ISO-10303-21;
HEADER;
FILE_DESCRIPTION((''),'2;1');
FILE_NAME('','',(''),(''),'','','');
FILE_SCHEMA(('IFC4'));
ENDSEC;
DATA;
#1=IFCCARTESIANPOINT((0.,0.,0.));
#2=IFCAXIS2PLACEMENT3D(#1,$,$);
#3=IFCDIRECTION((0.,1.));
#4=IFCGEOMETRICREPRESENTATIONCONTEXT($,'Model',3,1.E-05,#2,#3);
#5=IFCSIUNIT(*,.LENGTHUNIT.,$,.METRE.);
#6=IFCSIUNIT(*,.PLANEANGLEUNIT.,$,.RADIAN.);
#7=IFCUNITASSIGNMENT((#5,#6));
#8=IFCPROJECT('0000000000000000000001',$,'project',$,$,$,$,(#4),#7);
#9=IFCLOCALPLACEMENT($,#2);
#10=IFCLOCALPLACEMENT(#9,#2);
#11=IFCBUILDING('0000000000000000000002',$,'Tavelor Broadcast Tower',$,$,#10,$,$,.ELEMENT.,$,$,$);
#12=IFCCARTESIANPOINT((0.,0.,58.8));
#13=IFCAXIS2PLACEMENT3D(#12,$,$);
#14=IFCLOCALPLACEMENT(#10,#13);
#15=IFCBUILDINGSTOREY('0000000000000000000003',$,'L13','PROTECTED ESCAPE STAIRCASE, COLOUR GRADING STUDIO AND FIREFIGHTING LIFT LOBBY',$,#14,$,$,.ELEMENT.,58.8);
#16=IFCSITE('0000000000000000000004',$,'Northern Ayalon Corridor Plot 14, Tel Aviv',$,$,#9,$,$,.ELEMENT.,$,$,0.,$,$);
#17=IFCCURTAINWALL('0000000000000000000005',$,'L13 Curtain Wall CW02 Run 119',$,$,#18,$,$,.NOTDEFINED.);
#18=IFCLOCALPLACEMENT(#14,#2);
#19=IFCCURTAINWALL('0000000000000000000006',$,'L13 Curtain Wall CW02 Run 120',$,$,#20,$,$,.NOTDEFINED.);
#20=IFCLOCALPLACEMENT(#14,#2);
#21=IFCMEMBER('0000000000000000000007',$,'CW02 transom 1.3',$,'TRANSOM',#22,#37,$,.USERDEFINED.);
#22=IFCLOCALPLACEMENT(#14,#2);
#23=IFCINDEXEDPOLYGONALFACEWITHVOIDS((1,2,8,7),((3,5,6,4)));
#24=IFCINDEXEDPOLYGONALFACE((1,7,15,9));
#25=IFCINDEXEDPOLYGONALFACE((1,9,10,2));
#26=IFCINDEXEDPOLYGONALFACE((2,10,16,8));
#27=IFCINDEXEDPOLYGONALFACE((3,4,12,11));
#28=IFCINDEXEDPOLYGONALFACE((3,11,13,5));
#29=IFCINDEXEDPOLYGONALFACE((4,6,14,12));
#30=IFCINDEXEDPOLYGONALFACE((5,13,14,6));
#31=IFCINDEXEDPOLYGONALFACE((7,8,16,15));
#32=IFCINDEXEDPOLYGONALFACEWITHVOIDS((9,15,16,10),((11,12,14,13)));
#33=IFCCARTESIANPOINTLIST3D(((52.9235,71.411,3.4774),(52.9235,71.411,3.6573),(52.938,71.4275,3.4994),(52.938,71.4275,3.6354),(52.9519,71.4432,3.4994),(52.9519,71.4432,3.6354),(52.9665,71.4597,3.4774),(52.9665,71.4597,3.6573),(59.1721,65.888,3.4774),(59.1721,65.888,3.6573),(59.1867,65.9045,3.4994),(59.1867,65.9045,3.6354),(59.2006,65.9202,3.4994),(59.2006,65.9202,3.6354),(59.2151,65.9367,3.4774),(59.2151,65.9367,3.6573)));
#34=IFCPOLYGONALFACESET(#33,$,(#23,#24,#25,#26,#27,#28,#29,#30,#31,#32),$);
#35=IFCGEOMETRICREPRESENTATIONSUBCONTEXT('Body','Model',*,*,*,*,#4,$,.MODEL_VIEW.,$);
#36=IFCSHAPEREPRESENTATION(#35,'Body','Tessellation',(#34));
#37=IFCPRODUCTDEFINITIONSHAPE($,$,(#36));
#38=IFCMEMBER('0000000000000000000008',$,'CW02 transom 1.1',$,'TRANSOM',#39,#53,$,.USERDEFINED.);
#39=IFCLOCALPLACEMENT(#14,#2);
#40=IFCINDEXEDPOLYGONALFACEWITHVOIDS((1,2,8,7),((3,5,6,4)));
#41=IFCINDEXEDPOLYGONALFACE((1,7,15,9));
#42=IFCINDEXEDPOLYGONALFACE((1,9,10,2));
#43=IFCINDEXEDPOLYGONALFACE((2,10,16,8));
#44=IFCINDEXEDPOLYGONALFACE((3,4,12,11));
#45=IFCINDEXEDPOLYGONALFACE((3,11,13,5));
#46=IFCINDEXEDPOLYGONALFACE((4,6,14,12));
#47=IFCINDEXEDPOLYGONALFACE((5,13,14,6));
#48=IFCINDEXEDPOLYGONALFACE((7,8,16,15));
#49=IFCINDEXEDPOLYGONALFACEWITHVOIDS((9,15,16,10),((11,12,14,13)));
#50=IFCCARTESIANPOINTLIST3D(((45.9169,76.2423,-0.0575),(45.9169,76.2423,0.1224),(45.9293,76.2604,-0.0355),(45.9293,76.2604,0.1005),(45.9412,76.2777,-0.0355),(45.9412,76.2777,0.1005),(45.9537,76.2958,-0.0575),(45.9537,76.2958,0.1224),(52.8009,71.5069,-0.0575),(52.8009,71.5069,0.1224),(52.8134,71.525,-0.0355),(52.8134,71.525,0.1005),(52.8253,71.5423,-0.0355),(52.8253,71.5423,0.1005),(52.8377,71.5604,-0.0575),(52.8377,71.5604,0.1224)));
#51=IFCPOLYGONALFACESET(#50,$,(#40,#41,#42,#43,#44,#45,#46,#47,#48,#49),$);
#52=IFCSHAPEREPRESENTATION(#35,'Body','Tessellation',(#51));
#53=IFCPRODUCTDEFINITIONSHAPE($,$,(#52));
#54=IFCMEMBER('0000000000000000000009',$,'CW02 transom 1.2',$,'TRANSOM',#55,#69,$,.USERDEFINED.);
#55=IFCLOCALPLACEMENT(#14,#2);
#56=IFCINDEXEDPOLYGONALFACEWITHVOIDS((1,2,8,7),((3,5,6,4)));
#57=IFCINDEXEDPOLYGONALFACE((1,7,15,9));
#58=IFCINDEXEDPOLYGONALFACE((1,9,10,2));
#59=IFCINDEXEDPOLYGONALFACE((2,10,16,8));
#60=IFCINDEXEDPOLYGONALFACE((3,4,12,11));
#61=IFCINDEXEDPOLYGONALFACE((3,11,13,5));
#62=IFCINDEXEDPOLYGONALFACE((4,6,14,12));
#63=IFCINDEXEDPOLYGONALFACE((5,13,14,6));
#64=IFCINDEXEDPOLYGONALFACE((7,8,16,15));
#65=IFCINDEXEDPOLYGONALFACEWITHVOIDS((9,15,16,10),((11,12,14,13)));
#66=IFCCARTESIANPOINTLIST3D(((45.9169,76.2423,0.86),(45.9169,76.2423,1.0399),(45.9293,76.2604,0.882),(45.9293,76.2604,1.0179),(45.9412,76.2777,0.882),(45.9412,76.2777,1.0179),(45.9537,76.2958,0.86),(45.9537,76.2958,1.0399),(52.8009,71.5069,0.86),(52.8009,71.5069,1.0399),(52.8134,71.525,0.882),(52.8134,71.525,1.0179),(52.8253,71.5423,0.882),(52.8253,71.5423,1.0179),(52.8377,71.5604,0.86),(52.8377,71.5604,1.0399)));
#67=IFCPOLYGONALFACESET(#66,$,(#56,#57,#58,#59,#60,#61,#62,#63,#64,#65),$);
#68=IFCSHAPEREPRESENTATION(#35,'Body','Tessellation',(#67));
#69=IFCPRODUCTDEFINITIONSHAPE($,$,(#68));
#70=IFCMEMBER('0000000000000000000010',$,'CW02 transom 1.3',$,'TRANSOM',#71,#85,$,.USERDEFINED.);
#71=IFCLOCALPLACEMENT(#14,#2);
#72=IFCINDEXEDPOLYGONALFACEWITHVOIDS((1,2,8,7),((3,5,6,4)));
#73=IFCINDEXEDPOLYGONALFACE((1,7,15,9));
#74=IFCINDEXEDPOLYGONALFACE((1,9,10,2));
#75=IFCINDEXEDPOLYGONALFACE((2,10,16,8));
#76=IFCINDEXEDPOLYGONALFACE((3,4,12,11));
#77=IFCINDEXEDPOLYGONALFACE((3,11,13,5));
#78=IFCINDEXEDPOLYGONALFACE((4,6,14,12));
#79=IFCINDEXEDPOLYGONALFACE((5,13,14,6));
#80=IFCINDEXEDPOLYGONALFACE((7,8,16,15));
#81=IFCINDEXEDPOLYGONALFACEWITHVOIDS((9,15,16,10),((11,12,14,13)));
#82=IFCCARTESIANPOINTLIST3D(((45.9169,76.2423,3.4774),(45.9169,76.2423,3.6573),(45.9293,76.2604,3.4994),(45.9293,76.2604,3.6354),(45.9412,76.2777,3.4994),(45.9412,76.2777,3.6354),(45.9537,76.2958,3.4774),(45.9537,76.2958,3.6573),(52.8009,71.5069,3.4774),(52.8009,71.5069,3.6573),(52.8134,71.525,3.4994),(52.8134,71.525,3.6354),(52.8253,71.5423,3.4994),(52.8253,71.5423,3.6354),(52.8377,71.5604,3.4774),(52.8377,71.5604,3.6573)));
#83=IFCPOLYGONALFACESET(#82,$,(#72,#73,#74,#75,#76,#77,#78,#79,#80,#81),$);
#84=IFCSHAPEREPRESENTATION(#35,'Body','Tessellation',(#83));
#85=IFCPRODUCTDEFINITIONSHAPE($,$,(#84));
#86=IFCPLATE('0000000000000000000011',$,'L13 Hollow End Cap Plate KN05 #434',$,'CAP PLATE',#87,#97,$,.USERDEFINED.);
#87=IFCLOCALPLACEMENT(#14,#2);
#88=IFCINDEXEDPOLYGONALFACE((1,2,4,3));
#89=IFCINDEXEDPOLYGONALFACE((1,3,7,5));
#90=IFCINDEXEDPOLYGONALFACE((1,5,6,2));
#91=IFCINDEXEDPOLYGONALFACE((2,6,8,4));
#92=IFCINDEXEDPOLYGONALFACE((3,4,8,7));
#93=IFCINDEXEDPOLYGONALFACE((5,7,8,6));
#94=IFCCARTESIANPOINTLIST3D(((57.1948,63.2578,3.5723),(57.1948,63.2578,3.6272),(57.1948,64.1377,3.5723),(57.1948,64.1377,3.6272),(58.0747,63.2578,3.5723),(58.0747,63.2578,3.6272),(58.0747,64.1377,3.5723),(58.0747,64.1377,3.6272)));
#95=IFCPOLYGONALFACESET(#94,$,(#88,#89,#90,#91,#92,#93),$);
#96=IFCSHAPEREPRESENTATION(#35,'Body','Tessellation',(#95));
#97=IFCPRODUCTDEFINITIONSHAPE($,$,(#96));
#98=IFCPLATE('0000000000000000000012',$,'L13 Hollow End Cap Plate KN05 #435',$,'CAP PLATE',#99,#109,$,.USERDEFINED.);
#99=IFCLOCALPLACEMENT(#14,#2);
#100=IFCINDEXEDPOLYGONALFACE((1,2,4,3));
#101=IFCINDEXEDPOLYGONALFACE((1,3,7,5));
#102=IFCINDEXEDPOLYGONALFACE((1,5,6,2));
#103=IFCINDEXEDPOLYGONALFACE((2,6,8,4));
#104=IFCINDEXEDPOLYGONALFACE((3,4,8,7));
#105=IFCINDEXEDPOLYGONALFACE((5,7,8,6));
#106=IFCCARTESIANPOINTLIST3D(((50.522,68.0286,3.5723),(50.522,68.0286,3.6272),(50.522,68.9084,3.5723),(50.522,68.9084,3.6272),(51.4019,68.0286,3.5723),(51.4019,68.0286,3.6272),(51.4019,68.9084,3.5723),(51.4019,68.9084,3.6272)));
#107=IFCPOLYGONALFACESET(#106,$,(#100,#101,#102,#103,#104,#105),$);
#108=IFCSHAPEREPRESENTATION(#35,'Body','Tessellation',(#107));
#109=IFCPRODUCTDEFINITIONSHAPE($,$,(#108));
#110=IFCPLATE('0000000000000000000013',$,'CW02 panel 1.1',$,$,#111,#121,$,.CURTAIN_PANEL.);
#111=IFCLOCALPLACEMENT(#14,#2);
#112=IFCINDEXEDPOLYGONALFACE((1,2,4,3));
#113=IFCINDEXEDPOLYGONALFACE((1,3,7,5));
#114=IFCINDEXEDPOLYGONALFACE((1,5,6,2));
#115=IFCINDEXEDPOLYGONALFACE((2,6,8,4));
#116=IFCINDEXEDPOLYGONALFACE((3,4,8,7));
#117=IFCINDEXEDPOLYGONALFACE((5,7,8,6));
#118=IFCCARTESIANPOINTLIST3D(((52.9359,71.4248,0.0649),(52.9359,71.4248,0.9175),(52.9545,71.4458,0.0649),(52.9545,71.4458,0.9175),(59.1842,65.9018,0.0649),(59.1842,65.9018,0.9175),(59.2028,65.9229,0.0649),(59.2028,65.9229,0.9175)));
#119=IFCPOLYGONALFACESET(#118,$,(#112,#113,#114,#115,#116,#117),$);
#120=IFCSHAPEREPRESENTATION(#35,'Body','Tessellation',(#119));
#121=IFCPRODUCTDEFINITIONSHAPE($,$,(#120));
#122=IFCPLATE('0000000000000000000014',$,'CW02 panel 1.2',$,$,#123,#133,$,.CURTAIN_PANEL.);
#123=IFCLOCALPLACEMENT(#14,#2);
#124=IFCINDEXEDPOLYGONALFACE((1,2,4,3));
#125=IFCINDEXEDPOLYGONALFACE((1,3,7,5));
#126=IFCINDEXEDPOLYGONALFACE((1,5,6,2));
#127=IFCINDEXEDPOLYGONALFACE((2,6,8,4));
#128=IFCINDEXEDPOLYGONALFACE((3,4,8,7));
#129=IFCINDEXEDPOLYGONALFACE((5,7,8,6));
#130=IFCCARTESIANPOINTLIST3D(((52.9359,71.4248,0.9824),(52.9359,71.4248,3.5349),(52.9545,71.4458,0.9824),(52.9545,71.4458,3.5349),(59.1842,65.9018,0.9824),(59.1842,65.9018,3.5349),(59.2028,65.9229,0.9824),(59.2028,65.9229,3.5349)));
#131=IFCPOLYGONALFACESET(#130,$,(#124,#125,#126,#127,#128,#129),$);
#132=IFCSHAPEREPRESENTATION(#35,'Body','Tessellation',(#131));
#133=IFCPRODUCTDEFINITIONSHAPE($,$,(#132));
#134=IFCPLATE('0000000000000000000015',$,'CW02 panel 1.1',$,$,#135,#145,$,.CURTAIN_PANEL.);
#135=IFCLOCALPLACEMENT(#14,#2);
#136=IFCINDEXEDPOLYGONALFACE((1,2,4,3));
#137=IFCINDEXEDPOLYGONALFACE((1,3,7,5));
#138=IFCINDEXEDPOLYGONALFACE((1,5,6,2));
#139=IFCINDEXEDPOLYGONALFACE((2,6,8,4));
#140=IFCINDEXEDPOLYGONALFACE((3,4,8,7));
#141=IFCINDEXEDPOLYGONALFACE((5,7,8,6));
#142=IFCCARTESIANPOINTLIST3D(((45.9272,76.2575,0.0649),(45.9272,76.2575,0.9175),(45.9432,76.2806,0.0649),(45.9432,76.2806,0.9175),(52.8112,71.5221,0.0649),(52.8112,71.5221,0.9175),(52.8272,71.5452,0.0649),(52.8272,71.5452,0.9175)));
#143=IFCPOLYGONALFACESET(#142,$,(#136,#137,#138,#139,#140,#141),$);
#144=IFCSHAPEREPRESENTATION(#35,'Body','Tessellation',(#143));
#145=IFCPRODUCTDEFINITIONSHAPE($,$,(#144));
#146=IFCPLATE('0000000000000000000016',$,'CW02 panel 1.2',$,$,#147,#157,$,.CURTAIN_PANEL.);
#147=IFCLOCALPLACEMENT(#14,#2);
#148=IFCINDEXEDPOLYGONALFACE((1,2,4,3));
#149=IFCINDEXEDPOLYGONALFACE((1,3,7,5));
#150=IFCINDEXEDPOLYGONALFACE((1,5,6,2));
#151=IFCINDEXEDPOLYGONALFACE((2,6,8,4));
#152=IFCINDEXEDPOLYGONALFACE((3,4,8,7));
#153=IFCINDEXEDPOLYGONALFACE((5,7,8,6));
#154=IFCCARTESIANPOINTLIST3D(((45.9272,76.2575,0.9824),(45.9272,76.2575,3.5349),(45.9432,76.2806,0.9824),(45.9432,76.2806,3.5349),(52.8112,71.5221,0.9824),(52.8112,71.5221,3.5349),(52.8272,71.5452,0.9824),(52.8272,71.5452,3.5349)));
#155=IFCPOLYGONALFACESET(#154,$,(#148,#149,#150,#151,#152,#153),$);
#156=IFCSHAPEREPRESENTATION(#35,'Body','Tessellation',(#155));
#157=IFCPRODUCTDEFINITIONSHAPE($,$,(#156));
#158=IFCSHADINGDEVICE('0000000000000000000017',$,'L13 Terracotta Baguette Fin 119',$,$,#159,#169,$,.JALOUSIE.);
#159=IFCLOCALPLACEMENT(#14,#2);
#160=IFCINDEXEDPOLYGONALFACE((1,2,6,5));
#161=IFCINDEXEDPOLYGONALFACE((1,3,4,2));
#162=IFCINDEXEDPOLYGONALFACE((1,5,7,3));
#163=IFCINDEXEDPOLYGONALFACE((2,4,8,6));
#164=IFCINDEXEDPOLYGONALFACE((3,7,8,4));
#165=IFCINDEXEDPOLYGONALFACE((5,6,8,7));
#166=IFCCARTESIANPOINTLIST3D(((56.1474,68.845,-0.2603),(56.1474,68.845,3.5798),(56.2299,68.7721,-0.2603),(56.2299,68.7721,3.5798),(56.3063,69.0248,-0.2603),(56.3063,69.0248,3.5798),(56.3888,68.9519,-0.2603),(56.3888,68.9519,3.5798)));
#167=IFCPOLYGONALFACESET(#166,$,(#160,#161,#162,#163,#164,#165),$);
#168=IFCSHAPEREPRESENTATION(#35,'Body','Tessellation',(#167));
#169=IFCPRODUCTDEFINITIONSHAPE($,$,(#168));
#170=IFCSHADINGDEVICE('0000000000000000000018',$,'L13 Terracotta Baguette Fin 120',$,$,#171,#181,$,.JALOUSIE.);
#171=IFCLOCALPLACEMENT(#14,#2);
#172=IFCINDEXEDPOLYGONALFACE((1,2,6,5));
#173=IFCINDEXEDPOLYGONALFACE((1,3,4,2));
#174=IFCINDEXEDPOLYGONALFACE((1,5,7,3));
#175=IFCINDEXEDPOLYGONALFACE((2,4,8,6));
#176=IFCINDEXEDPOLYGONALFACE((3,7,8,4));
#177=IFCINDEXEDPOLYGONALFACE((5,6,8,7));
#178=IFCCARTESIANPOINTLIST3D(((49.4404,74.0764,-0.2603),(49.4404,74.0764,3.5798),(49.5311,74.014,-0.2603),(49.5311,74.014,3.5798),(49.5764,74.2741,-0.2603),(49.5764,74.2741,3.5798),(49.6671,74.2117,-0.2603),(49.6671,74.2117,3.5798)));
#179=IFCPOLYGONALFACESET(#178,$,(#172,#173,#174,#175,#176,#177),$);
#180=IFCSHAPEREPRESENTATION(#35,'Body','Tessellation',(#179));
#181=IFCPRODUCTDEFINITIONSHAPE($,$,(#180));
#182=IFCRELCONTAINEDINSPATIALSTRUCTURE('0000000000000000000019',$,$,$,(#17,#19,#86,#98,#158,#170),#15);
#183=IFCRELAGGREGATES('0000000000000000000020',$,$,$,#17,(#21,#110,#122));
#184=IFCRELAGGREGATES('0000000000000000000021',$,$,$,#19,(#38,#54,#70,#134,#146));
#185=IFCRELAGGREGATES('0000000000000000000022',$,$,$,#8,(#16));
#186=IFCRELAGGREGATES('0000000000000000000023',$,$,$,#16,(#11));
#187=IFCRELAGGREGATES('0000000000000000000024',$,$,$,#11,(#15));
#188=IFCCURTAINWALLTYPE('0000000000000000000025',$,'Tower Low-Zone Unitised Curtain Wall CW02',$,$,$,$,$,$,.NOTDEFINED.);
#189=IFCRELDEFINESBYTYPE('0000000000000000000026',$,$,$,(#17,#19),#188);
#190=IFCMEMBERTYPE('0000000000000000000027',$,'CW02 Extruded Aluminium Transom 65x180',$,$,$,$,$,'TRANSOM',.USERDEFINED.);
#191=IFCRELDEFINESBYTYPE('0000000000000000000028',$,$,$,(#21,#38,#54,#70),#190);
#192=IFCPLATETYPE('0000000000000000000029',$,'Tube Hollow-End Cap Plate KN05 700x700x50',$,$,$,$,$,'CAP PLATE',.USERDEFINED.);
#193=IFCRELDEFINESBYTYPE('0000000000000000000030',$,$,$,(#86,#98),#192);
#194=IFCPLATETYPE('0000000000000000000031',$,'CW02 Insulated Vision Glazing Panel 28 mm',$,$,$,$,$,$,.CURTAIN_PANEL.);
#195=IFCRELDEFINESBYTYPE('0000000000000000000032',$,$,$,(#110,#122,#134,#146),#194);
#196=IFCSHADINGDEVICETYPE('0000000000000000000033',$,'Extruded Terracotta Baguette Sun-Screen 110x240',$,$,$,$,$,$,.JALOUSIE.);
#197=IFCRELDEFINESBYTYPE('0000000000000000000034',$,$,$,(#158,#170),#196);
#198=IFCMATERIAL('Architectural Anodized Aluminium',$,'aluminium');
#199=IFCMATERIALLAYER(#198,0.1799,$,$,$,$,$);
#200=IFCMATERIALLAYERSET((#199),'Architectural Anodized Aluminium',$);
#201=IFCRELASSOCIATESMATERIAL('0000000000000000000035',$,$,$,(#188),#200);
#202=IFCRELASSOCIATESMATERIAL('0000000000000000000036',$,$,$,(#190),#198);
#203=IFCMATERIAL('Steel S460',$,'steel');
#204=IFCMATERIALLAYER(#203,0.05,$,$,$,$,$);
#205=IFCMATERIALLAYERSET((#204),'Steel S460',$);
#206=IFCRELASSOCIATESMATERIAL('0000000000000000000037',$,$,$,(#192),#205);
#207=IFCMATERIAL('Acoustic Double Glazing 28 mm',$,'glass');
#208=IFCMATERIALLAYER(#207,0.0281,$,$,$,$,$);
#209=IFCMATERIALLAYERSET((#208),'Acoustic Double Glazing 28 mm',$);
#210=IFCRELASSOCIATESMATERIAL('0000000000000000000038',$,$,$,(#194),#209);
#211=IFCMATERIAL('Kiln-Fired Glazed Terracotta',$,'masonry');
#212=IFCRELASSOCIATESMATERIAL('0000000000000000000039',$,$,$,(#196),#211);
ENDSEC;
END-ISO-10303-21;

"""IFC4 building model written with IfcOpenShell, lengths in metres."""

from ifc_helpers import new_model, si_unit, direction, frame, origin, origin_2d, place, context, subcontext, project, spatial, rectangle, hollow_rectangle, extrude, source, transform, mapped, material, layer, layer_set, material_profile, profile_set, type_object, type_shapes, element, aggregate, save


model = new_model("IFC4")

# Units and contexts
model_context = context("Model", 3, precision=1e-05, world=origin(), true_north=direction((0.0, 1.0)))
body_context = subcontext(model_context, "Body", "Model", "MODEL_VIEW")
ifc_project = project(units=[si_unit("LENGTHUNIT", "METRE"), si_unit("PLANEANGLEUNIT", "RADIAN")], contexts=[model_context])

# Site, building, storey
site_placement = place(None, origin())
site = spatial("IfcSite", under=ifc_project, at=site_placement, Name="Northern Ayalon Corridor Plot 14, Tel Aviv", CompositionType="ELEMENT", RefElevation=0.0)
building_placement = place(site_placement, origin())
building = spatial("IfcBuilding", under=site, at=building_placement, Name="Tavelor Broadcast Tower", CompositionType="ELEMENT")
storey_placement = place(building_placement, frame((0.0, 0.0, 58.8)))
storey = spatial("IfcBuildingStorey", under=building, at=storey_placement, Name="L13", Description="PROTECTED ESCAPE STAIRCASE, COLOUR GRADING STUDIO AND FIREFIGHTING LIFT LOBBY", CompositionType="ELEMENT", Elevation=58.8)

# Shared definitions
ifc_material_1 = material(Name="Steel S460", Category="steel")

# Shared definitions
ifc_material_2 = material(Name="Architectural Anodized Aluminium", Category="aluminium")
ifc_layer_1 = layer(ifc_material_2, 0.1799)
ifc_layer_set_1 = layer_set([ifc_layer_1], Name="Architectural Anodized Aluminium")
curtain_wall_type = type_object("IfcCurtainWallType", Name="Tower Low-Zone Unitised Curtain Wall CW02", PredefinedType="NOTDEFINED", material=ifc_layer_set_1)

# Curtain wall
curtain_wall_1_placement = place(storey_placement, origin())
curtain_wall_1 = element("IfcCurtainWall", 1, at=curtain_wall_1_placement, inside=storey, type_object=curtain_wall_type, Name="L13 Curtain Wall CW02 Run 119", PredefinedType="NOTDEFINED")

# Curtain wall
curtain_wall_2_placement = place(storey_placement, origin())
curtain_wall_2 = element("IfcCurtainWall", 2, at=curtain_wall_2_placement, inside=storey, type_object=curtain_wall_type, Name="L13 Curtain Wall CW02 Run 120", PredefinedType="NOTDEFINED")

# Members
ifc_material_profile_1 = material_profile(ifc_material_2, hollow_rectangle(XDim=0.0649, YDim=0.1799, WallThickness=0.022, at=origin_2d()), Name="RHS 65x180x22")
ifc_profile_set_1 = profile_set([ifc_material_profile_1], Name="Architectural Anodized Aluminium")
member_type_1 = type_object("IfcMemberType", Name="CW02 Extruded Aluminium Transom 65x180", ElementType="TRANSOM", PredefinedType="USERDEFINED", material=ifc_profile_set_1)
shared_shape_1 = source(origin(), body_context, "Body", "SweptSolid", [
    extrude(hollow_rectangle(XDim=0.0649, YDim=0.1799, WallThickness=0.022, at=origin_2d()), origin(), (0.0, 0.0, 1.0), 8.3396),
])
member_1_placement = place(storey_placement, frame((59.1936, 65.9124, 3.5674), z_axis=(-0.74927, 0.662264, 0.0), x_axis=(-0.662264, -0.74927, 0.0)))
member_1 = element("IfcMember", 3, at=member_1_placement, type_object=member_type_1, Name="CW02 transom 1.3", ObjectType="TRANSOM", PredefinedType="USERDEFINED", context=body_context, shape_type="MappedRepresentation", body=[
    mapped(shared_shape_1, transform((0.0, 0.0, 0.0), scale=1.0)),
])
shared_shape_2 = source(origin(), body_context, "Body", "SweptSolid", [
    extrude(hollow_rectangle(XDim=0.0649, YDim=0.1799, WallThickness=0.022, at=origin_2d()), origin(), (0.0, 0.0, 1.0), 8.3555),
])
type_shapes(member_type_1, [shared_shape_1, shared_shape_2])
member_2_placement = place(storey_placement, frame((52.8193, 71.5337, 0.0325), z_axis=(-0.823898, 0.566738, 0.0), x_axis=(-0.566738, -0.823898, 0.0)))
member_2 = element("IfcMember", 4, at=member_2_placement, type_object=member_type_1, Name="CW02 transom 1.1", ObjectType="TRANSOM", PredefinedType="USERDEFINED", context=body_context, shape_type="MappedRepresentation", body=[
    mapped(shared_shape_2, transform((0.0, 0.0, 0.0), scale=1.0)),
])
member_3_placement = place(storey_placement, frame((52.8193, 71.5337, 0.95), z_axis=(-0.823898, 0.566738, 0.0), x_axis=(-0.566738, -0.823898, 0.0)))
member_3 = element("IfcMember", 5, at=member_3_placement, type_object=member_type_1, Name="CW02 transom 1.2", ObjectType="TRANSOM", PredefinedType="USERDEFINED", context=body_context, shape_type="MappedRepresentation", body=[
    mapped(shared_shape_2, transform((0.0, 0.0, 0.0), scale=1.0)),
])
member_4_placement = place(storey_placement, frame((52.8193, 71.5337, 3.5674), z_axis=(-0.823898, 0.566738, 0.0), x_axis=(-0.566738, -0.823898, 0.0)))
member_4 = element("IfcMember", 6, at=member_4_placement, type_object=member_type_1, Name="CW02 transom 1.3", ObjectType="TRANSOM", PredefinedType="USERDEFINED", context=body_context, shape_type="MappedRepresentation", body=[
    mapped(shared_shape_2, transform((0.0, 0.0, 0.0), scale=1.0)),
])

# Plates
ifc_layer_2 = layer(ifc_material_1, 0.05)
ifc_layer_set_2 = layer_set([ifc_layer_2], Name="Steel S460")
plate_type_1 = type_object("IfcPlateType", Name="Tube Hollow-End Cap Plate KN05 700x700x50", ElementType="CAP PLATE", PredefinedType="USERDEFINED", material=ifc_layer_set_2)
shared_shape_3 = source(origin(), body_context, "Body", "SweptSolid", [
    extrude(rectangle(XDim=0.8799, YDim=0.8799, at=origin_2d()), origin(), (0.0, 0.0, 1.0), 0.0549),
])
type_shapes(plate_type_1, [shared_shape_3])
for number, where, z_axis, x_axis, name in (
    (7, (57.6348, 63.6978, 3.5723), (0.0, 0.0, 1.0), (1.0, 0.0, 0.0), "L13 Hollow End Cap Plate KN05 #434"),
    (8, (50.9619, 68.4685, 3.5723), (0.0, 0.0, 1.0), (1.0, 0.0, 0.0), "L13 Hollow End Cap Plate KN05 #435"),
):
    element("IfcPlate", number, at=place(storey_placement, frame(where, z_axis=z_axis, x_axis=x_axis)), inside=storey, type_object=plate_type_1, Name=name, ObjectType="CAP PLATE", PredefinedType="USERDEFINED", context=body_context, shape_type="MappedRepresentation", body=[
        mapped(shared_shape_3, transform((0.0, 0.0, 0.0), scale=1.0)),
    ])

# Plates
ifc_material_3 = material(Name="Acoustic Double Glazing 28 mm", Category="glass")
ifc_layer_3 = layer(ifc_material_3, 0.0281)
ifc_layer_set_3 = layer_set([ifc_layer_3], Name="Acoustic Double Glazing 28 mm")
plate_type_2 = type_object("IfcPlateType", Name="CW02 Insulated Vision Glazing Panel 28 mm", PredefinedType="CURTAIN_PANEL", material=ifc_layer_set_3)
shared_shape_4 = source(origin(), body_context, "Body", "SweptSolid", [
    extrude(rectangle(XDim=8.3394, YDim=0.0281, at=origin_2d()), origin(), (0.0, 0.0, 1.0), 0.8525),
])
plate_1_placement = place(storey_placement, frame((56.0693, 68.6738, 0.0649), z_axis=(0.0, 0.0, 1.0), x_axis=(-0.74926, 0.662276, 0.0)))
plate_1 = element("IfcPlate", 9, at=plate_1_placement, type_object=plate_type_2, Name="CW02 panel 1.1", PredefinedType="CURTAIN_PANEL", context=body_context, shape_type="MappedRepresentation", body=[
    mapped(shared_shape_4, transform((0.0, 0.0, 0.0), scale=1.0)),
])
shared_shape_5 = source(origin(), body_context, "Body", "SweptSolid", [
    extrude(rectangle(XDim=8.3394, YDim=0.0281, at=origin_2d()), origin(), (0.0, 0.0, 1.0), 2.5525),
])
plate_2_placement = place(storey_placement, frame((56.0693, 68.6738, 0.9824), z_axis=(0.0, 0.0, 1.0), x_axis=(-0.74926, 0.662276, 0.0)))
plate_2 = element("IfcPlate", 10, at=plate_2_placement, type_object=plate_type_2, Name="CW02 panel 1.2", PredefinedType="CURTAIN_PANEL", context=body_context, shape_type="MappedRepresentation", body=[
    mapped(shared_shape_5, transform((0.0, 0.0, 0.0), scale=1.0)),
])
aggregate(curtain_wall_1, [member_1, plate_1, plate_2])
shared_shape_6 = source(origin(), body_context, "Body", "SweptSolid", [
    extrude(rectangle(XDim=8.3555, YDim=0.0281, at=origin_2d()), origin(), (0.0, 0.0, 1.0), 0.8525),
])
plate_3_placement = place(storey_placement, frame((49.3772, 73.9014, 0.0649), z_axis=(0.0, 0.0, 1.0), x_axis=(-0.823892, 0.566746, 0.0)))
plate_3 = element("IfcPlate", 11, at=plate_3_placement, type_object=plate_type_2, Name="CW02 panel 1.1", PredefinedType="CURTAIN_PANEL", context=body_context, shape_type="MappedRepresentation", body=[
    mapped(shared_shape_6, transform((0.0, 0.0, 0.0), scale=1.0)),
])
shared_shape_7 = source(origin(), body_context, "Body", "SweptSolid", [
    extrude(rectangle(XDim=8.3555, YDim=0.0281, at=origin_2d()), origin(), (0.0, 0.0, 1.0), 2.5525),
])
type_shapes(plate_type_2, [shared_shape_4, shared_shape_5, shared_shape_6, shared_shape_7])
plate_4_placement = place(storey_placement, frame((49.3772, 73.9014, 0.9824), z_axis=(0.0, 0.0, 1.0), x_axis=(-0.823892, 0.566746, 0.0)))
plate_4 = element("IfcPlate", 12, at=plate_4_placement, type_object=plate_type_2, Name="CW02 panel 1.2", PredefinedType="CURTAIN_PANEL", context=body_context, shape_type="MappedRepresentation", body=[
    mapped(shared_shape_7, transform((0.0, 0.0, 0.0), scale=1.0)),
])
aggregate(curtain_wall_2, [member_2, member_3, member_4, plate_3, plate_4])

# Shading devices
ifc_material_4 = material(Name="Kiln-Fired Glazed Terracotta", Category="masonry")
shading_device_type = type_object("IfcShadingDeviceType", Name="Extruded Terracotta Baguette Sun-Screen 110x240", PredefinedType="JALOUSIE", material=ifc_material_4)
shared_shape_8 = source(origin(), body_context, "Body", "SweptSolid", [
    extrude(rectangle(XDim=0.1101, YDim=0.24, at=origin_2d()), origin(), (0.0, 0.0, 1.0), 3.8401),
])
type_shapes(shading_device_type, [shared_shape_8])
for number, where, z_axis, x_axis, name in (
    (13, (56.2681, 68.8984, -0.2603), (0.0, 0.0, 1.0), (-0.749303, 0.662228, 0.0), "L13 Terracotta Baguette Fin 119"),
    (14, (49.5537, 74.144, -0.2603), (0.0, 0.0, 1.0), (-0.823928, 0.566694, 0.0), "L13 Terracotta Baguette Fin 120"),
):
    element("IfcShadingDevice", number, at=place(storey_placement, frame(where, z_axis=z_axis, x_axis=x_axis)), inside=storey, type_object=shading_device_type, Name=name, PredefinedType="JALOUSIE", context=body_context, shape_type="MappedRepresentation", body=[
        mapped(shared_shape_8, transform((0.0, 0.0, 0.0), scale=1.0)),
    ])

save(model, "model.ifc")
